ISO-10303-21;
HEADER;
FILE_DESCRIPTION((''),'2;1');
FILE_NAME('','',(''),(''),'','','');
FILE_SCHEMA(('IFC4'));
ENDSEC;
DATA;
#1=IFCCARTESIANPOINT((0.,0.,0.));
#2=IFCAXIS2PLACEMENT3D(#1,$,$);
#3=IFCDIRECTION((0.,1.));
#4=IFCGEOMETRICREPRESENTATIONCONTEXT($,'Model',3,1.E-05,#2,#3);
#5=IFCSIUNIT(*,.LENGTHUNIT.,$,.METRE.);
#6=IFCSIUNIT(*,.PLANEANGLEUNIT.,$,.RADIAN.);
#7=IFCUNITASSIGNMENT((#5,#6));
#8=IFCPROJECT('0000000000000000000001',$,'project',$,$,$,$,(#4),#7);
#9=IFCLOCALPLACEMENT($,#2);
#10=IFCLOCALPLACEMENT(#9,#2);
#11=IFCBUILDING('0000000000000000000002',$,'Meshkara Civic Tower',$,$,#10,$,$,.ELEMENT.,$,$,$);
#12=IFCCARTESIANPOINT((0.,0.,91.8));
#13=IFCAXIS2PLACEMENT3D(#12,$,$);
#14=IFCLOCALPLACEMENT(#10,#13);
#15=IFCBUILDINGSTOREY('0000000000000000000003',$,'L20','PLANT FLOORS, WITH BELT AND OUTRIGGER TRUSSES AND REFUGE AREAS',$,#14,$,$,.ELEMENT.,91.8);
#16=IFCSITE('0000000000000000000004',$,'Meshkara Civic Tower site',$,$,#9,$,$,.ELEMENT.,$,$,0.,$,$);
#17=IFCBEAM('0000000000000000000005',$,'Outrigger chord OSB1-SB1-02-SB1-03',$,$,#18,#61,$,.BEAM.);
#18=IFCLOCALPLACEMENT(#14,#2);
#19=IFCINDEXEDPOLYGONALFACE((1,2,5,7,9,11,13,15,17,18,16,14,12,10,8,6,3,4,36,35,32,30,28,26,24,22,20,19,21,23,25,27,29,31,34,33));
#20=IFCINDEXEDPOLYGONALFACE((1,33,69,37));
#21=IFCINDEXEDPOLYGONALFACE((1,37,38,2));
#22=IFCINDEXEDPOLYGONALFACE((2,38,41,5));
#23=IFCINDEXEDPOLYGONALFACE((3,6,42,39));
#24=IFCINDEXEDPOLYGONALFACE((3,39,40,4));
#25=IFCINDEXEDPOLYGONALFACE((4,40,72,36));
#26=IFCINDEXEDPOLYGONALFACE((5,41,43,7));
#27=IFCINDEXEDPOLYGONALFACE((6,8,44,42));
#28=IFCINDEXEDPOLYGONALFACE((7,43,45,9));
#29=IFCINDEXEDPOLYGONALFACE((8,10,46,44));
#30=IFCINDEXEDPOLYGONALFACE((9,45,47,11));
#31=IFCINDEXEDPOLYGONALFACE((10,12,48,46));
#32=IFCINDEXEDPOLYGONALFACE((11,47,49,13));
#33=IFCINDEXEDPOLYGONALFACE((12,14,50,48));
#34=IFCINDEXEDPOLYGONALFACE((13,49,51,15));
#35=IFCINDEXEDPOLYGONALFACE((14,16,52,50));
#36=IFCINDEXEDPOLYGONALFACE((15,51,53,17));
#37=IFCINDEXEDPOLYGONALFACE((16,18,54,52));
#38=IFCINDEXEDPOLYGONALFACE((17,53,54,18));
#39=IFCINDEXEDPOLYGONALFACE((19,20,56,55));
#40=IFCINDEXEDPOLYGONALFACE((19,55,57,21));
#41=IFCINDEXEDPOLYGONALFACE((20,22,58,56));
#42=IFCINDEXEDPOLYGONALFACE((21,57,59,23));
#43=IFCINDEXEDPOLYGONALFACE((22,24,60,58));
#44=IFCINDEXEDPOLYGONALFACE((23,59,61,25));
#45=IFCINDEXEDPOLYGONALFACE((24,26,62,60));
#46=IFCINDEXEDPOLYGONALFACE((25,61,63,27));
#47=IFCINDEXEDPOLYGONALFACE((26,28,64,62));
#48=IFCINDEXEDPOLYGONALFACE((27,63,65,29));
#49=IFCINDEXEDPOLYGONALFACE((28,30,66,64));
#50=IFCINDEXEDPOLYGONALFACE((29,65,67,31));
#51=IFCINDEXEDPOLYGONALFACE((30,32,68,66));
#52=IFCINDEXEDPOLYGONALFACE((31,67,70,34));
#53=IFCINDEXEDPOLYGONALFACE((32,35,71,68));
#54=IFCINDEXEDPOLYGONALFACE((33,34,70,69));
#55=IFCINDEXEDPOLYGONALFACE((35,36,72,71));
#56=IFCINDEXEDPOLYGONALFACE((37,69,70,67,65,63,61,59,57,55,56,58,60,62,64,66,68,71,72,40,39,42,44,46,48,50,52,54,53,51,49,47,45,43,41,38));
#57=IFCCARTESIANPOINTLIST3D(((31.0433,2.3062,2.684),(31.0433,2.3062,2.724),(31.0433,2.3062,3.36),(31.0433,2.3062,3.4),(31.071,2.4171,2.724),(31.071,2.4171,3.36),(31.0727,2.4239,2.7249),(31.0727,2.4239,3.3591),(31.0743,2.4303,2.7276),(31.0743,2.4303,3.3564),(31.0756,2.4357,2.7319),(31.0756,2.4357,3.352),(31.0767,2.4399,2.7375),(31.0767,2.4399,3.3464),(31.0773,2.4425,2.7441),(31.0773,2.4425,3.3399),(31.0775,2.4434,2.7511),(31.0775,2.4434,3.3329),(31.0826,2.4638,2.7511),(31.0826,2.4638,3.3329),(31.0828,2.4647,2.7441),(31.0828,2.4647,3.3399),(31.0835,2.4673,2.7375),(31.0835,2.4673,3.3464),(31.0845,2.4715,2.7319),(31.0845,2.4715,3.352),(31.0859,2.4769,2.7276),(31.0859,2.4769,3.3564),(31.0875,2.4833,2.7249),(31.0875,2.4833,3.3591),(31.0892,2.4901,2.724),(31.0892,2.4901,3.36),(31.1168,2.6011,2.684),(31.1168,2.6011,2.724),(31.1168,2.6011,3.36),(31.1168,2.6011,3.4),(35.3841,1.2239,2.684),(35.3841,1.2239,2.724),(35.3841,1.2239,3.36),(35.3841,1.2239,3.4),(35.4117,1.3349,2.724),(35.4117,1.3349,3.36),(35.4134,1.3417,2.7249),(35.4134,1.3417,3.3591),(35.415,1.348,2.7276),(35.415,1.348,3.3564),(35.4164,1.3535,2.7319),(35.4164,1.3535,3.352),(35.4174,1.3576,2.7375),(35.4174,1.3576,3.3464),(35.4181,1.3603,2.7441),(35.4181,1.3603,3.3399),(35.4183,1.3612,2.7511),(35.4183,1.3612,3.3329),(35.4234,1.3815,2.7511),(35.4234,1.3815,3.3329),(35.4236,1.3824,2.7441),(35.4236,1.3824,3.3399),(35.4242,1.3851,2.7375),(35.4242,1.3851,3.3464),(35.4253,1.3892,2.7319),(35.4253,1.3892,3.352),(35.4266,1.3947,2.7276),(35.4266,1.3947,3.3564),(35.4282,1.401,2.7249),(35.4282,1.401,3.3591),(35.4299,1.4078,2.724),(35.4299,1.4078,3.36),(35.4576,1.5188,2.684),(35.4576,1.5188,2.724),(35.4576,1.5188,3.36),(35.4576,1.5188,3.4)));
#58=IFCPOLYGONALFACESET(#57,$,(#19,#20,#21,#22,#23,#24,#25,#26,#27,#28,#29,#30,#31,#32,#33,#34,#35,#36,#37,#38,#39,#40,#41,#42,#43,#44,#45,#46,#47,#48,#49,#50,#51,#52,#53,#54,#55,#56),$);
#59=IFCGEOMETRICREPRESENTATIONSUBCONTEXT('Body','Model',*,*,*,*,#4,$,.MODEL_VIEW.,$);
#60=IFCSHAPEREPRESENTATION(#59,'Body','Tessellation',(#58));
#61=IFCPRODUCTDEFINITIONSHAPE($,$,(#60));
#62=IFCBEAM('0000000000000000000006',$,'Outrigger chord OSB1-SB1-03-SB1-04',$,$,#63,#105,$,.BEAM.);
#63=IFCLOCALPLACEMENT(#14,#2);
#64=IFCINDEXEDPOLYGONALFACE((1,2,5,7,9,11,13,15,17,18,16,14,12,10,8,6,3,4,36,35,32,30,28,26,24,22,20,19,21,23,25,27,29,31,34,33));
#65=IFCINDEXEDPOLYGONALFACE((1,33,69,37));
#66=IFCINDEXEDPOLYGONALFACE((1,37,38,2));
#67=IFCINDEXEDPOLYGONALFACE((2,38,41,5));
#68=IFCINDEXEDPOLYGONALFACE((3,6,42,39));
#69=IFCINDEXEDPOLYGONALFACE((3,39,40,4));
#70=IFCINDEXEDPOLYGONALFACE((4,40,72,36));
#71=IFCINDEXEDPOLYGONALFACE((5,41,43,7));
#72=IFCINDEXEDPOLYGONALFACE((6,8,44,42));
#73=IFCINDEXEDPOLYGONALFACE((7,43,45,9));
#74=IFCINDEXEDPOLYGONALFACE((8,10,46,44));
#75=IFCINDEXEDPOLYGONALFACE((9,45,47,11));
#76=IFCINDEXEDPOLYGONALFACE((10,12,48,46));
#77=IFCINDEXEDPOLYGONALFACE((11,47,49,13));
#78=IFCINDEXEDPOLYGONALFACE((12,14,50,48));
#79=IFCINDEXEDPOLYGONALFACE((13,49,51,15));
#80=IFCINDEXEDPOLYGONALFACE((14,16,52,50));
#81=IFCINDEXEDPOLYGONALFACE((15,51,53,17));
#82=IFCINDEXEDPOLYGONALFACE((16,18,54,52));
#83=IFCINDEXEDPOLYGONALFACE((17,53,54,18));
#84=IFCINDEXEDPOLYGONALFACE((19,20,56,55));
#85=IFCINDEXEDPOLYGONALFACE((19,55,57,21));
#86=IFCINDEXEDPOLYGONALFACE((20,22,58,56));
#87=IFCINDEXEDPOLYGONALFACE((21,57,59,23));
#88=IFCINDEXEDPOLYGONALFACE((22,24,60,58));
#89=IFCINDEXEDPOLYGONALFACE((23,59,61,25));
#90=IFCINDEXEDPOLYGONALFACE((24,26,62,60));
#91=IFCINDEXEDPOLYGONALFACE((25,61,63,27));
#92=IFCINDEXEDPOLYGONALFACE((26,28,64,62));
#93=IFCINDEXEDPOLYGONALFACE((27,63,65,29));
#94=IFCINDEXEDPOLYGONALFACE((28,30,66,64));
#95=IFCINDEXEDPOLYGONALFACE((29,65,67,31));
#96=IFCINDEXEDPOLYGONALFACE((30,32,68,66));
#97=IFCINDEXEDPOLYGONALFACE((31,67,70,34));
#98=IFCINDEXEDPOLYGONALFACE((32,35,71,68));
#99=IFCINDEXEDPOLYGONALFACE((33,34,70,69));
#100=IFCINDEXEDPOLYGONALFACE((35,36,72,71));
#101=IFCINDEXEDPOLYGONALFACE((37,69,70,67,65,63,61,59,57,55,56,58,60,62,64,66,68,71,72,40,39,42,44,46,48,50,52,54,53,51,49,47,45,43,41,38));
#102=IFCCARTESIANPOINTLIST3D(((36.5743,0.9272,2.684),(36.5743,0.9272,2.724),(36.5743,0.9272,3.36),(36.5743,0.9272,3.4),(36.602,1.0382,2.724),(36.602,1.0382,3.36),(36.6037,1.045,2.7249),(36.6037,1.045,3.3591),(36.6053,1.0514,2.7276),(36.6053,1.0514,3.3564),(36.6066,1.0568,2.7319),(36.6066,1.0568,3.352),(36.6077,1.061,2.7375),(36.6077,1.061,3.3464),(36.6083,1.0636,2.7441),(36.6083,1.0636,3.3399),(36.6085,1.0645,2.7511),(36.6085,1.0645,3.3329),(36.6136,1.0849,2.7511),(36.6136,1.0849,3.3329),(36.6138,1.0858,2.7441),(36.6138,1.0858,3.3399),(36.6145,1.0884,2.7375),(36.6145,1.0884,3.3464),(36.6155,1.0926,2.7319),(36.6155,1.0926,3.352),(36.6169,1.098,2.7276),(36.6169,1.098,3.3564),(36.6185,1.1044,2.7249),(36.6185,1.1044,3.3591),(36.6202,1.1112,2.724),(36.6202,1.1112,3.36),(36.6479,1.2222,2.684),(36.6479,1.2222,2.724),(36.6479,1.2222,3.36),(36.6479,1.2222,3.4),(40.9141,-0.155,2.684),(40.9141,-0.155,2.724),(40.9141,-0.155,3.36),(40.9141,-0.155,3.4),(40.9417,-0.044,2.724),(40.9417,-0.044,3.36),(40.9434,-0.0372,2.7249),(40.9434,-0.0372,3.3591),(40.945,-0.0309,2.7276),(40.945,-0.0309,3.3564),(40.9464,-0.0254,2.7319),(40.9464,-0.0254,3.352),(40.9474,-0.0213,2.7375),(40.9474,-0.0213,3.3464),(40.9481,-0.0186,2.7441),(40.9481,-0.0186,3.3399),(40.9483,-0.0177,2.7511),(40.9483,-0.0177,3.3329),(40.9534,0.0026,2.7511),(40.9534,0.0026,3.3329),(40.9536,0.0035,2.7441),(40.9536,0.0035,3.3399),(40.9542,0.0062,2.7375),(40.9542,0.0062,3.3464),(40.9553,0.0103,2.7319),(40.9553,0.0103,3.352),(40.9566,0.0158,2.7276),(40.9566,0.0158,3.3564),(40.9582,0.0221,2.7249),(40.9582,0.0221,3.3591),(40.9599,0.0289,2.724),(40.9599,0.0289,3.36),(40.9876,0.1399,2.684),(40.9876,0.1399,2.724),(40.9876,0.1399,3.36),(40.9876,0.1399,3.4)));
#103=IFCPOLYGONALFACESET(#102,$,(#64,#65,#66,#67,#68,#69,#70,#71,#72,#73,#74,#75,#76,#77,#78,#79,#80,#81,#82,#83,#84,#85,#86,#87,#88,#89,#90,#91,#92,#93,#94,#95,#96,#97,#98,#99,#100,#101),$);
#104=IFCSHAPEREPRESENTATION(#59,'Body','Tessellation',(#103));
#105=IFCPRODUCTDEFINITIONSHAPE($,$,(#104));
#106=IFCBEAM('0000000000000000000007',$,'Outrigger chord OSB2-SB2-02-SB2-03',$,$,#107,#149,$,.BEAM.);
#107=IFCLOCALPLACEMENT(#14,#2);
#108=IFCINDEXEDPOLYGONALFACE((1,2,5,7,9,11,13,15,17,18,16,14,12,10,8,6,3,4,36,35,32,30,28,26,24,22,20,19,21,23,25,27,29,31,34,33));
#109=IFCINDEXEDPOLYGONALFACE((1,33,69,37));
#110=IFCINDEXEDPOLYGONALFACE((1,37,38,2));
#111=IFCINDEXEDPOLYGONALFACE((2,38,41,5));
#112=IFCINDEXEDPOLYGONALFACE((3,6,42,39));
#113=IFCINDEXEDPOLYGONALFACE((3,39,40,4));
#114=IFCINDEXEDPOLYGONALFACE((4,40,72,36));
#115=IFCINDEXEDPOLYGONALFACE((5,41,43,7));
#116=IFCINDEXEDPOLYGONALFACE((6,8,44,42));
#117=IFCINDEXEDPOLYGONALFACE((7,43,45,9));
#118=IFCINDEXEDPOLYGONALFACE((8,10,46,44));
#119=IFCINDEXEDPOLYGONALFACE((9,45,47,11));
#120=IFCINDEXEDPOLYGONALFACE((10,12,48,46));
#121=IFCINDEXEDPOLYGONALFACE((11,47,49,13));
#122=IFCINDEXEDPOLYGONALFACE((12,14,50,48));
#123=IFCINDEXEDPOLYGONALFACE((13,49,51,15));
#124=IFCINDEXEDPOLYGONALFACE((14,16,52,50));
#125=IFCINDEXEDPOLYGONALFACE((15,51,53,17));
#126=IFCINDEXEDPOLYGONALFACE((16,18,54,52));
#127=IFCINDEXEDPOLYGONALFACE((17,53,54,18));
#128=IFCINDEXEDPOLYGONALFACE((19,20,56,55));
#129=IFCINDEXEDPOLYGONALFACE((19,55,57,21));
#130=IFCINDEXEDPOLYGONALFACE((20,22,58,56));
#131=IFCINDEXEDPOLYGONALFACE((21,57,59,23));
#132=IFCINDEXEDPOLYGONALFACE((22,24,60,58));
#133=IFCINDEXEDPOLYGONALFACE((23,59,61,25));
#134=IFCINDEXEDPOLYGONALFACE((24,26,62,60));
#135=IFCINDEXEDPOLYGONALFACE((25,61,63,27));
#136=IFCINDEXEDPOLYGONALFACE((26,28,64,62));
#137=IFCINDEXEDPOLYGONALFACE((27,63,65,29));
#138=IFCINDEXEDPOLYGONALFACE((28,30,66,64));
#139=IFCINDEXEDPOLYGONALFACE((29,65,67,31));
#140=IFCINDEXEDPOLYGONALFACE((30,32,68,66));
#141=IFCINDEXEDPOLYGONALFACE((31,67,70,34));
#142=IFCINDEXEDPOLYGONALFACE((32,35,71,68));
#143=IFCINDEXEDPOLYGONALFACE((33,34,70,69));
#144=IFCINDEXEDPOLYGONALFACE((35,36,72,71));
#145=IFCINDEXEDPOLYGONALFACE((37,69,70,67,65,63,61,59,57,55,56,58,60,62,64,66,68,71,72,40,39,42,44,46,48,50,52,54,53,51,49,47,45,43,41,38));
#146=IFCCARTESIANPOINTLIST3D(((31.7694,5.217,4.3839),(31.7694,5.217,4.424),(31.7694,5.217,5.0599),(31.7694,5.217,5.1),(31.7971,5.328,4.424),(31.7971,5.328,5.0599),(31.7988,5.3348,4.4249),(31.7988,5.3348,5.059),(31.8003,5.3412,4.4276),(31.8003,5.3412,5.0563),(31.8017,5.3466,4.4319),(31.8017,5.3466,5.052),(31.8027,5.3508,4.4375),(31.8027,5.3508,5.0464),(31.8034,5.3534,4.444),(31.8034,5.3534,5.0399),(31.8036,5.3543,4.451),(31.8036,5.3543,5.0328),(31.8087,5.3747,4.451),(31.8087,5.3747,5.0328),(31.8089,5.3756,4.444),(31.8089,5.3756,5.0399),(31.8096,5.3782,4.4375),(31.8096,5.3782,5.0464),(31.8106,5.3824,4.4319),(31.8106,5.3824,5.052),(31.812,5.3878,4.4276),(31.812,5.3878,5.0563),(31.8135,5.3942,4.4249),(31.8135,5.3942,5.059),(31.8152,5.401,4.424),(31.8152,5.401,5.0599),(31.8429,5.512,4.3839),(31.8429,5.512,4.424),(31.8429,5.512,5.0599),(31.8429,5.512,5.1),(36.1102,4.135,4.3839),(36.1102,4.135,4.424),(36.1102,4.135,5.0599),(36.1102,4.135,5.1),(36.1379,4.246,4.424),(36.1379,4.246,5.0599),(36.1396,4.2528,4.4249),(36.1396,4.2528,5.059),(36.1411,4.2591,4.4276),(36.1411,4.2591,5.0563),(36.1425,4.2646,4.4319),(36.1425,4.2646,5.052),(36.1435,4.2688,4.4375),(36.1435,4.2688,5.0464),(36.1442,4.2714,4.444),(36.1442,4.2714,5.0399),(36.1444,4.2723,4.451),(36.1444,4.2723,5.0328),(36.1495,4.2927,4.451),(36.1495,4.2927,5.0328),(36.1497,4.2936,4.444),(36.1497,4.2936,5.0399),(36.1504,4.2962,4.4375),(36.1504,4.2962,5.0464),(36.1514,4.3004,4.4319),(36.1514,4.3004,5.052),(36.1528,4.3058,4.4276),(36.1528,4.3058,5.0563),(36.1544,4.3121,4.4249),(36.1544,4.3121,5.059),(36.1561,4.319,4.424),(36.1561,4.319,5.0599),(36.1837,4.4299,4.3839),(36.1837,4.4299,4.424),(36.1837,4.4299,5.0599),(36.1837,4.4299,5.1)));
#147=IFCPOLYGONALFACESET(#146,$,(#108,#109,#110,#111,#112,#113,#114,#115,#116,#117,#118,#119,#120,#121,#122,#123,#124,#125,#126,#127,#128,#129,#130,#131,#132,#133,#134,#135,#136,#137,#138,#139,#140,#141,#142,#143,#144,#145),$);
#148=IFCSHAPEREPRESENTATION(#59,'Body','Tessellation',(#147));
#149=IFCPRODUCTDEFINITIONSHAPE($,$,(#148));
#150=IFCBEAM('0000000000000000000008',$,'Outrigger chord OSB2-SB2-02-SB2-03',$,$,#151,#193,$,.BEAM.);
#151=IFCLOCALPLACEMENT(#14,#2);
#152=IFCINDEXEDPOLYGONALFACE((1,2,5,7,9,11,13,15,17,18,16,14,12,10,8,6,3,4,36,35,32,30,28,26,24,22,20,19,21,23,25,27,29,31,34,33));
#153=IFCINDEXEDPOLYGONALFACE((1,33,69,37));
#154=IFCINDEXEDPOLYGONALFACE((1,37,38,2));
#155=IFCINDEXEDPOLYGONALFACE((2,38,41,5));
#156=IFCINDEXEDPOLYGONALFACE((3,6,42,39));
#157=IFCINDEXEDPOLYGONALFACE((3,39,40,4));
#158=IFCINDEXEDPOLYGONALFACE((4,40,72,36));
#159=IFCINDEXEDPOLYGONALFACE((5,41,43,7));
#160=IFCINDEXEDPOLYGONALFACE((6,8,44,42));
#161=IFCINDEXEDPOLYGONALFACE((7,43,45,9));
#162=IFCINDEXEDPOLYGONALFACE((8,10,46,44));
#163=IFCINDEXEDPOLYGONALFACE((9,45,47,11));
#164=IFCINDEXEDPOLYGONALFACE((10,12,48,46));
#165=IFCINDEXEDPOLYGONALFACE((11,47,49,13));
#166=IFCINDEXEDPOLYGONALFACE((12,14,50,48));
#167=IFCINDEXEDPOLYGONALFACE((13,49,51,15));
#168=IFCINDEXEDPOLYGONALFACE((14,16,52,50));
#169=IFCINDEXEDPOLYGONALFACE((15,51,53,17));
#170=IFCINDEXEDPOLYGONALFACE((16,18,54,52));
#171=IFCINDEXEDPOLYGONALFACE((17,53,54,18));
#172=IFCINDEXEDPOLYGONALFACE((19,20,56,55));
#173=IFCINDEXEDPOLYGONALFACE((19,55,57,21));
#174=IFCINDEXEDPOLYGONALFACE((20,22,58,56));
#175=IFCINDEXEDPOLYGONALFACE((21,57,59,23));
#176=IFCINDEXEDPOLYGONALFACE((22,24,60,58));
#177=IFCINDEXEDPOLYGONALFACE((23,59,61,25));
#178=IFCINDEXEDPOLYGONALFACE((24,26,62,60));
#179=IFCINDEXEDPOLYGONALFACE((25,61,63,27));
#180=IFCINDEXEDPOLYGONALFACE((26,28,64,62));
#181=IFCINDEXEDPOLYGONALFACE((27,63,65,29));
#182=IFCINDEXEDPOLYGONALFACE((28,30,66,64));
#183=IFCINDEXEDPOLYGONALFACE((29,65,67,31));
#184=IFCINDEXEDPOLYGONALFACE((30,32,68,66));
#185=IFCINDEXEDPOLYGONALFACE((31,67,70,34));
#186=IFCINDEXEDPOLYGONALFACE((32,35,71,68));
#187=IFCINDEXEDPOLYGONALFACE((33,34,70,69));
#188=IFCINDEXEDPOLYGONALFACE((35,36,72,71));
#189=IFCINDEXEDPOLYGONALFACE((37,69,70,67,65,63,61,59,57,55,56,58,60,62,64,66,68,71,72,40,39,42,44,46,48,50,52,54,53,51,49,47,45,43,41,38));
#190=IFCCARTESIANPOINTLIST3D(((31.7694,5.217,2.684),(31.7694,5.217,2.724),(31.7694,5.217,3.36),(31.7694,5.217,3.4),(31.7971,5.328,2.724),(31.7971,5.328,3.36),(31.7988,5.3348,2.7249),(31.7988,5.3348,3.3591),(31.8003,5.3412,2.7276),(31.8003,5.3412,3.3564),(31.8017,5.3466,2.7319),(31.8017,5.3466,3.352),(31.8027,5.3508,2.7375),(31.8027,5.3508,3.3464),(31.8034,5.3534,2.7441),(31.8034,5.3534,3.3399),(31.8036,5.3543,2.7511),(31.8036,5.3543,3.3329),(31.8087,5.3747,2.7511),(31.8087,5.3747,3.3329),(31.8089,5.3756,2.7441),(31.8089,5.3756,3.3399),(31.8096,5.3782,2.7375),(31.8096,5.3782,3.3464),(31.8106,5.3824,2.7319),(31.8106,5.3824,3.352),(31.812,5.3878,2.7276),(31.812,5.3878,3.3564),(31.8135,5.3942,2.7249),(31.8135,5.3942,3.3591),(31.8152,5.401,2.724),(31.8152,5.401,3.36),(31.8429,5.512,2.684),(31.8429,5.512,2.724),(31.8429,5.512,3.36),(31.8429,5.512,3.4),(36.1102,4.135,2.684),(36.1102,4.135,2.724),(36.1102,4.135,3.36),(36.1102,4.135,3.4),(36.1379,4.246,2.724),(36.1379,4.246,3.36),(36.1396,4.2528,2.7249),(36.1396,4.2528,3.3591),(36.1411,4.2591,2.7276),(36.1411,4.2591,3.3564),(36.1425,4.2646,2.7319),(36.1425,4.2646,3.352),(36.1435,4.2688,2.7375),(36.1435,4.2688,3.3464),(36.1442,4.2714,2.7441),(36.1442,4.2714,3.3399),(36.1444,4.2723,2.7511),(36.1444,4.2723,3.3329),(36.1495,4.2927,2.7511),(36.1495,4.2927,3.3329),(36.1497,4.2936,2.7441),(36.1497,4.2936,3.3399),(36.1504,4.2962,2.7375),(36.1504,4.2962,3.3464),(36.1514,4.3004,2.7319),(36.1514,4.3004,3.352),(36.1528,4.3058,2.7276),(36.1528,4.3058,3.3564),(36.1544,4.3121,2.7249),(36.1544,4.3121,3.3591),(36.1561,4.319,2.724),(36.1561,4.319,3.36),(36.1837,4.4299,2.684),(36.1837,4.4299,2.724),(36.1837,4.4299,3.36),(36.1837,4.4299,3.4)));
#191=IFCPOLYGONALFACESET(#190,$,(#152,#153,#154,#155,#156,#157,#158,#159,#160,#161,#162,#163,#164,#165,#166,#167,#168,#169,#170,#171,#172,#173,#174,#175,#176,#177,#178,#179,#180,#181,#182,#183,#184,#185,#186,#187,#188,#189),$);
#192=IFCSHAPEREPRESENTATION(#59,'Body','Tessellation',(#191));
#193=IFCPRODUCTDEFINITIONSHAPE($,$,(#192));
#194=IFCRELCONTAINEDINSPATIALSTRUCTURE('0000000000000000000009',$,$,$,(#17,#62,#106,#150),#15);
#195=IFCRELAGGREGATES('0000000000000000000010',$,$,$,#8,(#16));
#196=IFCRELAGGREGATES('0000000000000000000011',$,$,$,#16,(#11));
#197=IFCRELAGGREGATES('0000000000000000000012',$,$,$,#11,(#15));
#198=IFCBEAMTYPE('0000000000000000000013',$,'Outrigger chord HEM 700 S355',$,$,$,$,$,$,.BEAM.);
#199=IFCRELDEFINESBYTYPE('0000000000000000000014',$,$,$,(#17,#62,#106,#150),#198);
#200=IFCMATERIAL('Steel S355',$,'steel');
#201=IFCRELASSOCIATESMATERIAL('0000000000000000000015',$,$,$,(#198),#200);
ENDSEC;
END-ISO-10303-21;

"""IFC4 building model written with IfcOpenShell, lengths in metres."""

from ifc_helpers import new_model, si_unit, direction, frame, origin, origin_2d, place, context, subcontext, project, spatial, i_section, extrude, material, material_profile, profile_set, type_object, element, save


model = new_model("IFC4")

# Units and contexts
model_context = context("Model", 3, precision=1e-05, world=origin(), true_north=direction((0.0, 1.0)))
body_context = subcontext(model_context, "Body", "Model", "MODEL_VIEW")
ifc_project = project(units=[si_unit("LENGTHUNIT", "METRE"), si_unit("PLANEANGLEUNIT", "RADIAN")], contexts=[model_context])

# Site, building, storey
site_placement = place(None, origin())
site = spatial("IfcSite", under=ifc_project, at=site_placement, Name="Meshkara Civic Tower site", CompositionType="ELEMENT", RefElevation=0.0)
building_placement = place(site_placement, origin())
building = spatial("IfcBuilding", under=site, at=building_placement, Name="Meshkara Civic Tower", CompositionType="ELEMENT")
storey_placement = place(building_placement, frame((0.0, 0.0, 91.8)))
storey = spatial("IfcBuildingStorey", under=building, at=storey_placement, Name="L20", Description="PLANT FLOORS, WITH BELT AND OUTRIGGER TRUSSES AND REFUGE AREAS", CompositionType="ELEMENT", Elevation=91.8)

# Beams
ifc_material_1 = material(Name="Steel S355", Category="steel")
ifc_material_profile_1 = material_profile(ifc_material_1, i_section(OverallWidth=0.304, OverallDepth=0.7161, WebThickness=0.021, FlangeThickness=0.04, FilletRadius=0.0271, at=origin_2d()))
ifc_profile_set_1 = profile_set([ifc_material_profile_1], Name="Steel S355")
beam_type_1 = type_object("IfcBeamType", Name="Outrigger chord HEM 700 S355", PredefinedType="BEAM", material=ifc_profile_set_1)
beam_1_placement = place(storey_placement, frame((31.0801, 2.4536, 3.042), z_axis=(0.970296, -0.241919, 0.0), x_axis=(0.241919, 0.970296, 0.0)))
element("IfcBeam", 1, at=beam_1_placement, inside=storey, type_object=beam_type_1, Name="Outrigger chord OSB1-SB1-02-SB1-03", PredefinedType="BEAM", context=body_context, shape_type="SweptSolid", body=[
    extrude(i_section(OverallWidth=0.304, OverallDepth=0.7161, WebThickness=0.021, FlangeThickness=0.04, FilletRadius=0.0271, at=origin_2d()), origin(), (0.0, 0.0, 1.0), 4.4736),
])
beam_2_placement = place(storey_placement, frame((36.6111, 1.0747, 3.042), z_axis=(0.970284, -0.24197, 0.0), x_axis=(0.24197, 0.970284, 0.0)))
element("IfcBeam", 2, at=beam_2_placement, inside=storey, type_object=beam_type_1, Name="Outrigger chord OSB1-SB1-03-SB1-04", PredefinedType="BEAM", context=body_context, shape_type="SweptSolid", body=[
    extrude(i_section(OverallWidth=0.304, OverallDepth=0.7161, WebThickness=0.021, FlangeThickness=0.04, FilletRadius=0.0271, at=origin_2d()), origin(), (0.0, 0.0, 1.0), 4.4727),
])
for number, where, z_axis, x_axis, name in (
    (3, (31.8062, 5.3645, 4.7419), (0.970309, -0.241868, 0.0), (0.241868, 0.970309, 0.0), "Outrigger chord OSB2-SB2-02-SB2-03"),
    (4, (31.8062, 5.3645, 3.042), (0.970309, -0.241868, 0.0), (0.241868, 0.970309, 0.0), "Outrigger chord OSB2-SB2-02-SB2-03"),
):
    element("IfcBeam", number, at=place(storey_placement, frame(where, z_axis=z_axis, x_axis=x_axis)), inside=storey, type_object=beam_type_1, Name=name, PredefinedType="BEAM", context=body_context, shape_type="SweptSolid", body=[
        extrude(i_section(OverallWidth=0.304, OverallDepth=0.7161, WebThickness=0.021, FlangeThickness=0.04, FilletRadius=0.0271, at=origin_2d()), origin(), (0.0, 0.0, 1.0), 4.4736),
    ])

save(model, "model.ifc")
